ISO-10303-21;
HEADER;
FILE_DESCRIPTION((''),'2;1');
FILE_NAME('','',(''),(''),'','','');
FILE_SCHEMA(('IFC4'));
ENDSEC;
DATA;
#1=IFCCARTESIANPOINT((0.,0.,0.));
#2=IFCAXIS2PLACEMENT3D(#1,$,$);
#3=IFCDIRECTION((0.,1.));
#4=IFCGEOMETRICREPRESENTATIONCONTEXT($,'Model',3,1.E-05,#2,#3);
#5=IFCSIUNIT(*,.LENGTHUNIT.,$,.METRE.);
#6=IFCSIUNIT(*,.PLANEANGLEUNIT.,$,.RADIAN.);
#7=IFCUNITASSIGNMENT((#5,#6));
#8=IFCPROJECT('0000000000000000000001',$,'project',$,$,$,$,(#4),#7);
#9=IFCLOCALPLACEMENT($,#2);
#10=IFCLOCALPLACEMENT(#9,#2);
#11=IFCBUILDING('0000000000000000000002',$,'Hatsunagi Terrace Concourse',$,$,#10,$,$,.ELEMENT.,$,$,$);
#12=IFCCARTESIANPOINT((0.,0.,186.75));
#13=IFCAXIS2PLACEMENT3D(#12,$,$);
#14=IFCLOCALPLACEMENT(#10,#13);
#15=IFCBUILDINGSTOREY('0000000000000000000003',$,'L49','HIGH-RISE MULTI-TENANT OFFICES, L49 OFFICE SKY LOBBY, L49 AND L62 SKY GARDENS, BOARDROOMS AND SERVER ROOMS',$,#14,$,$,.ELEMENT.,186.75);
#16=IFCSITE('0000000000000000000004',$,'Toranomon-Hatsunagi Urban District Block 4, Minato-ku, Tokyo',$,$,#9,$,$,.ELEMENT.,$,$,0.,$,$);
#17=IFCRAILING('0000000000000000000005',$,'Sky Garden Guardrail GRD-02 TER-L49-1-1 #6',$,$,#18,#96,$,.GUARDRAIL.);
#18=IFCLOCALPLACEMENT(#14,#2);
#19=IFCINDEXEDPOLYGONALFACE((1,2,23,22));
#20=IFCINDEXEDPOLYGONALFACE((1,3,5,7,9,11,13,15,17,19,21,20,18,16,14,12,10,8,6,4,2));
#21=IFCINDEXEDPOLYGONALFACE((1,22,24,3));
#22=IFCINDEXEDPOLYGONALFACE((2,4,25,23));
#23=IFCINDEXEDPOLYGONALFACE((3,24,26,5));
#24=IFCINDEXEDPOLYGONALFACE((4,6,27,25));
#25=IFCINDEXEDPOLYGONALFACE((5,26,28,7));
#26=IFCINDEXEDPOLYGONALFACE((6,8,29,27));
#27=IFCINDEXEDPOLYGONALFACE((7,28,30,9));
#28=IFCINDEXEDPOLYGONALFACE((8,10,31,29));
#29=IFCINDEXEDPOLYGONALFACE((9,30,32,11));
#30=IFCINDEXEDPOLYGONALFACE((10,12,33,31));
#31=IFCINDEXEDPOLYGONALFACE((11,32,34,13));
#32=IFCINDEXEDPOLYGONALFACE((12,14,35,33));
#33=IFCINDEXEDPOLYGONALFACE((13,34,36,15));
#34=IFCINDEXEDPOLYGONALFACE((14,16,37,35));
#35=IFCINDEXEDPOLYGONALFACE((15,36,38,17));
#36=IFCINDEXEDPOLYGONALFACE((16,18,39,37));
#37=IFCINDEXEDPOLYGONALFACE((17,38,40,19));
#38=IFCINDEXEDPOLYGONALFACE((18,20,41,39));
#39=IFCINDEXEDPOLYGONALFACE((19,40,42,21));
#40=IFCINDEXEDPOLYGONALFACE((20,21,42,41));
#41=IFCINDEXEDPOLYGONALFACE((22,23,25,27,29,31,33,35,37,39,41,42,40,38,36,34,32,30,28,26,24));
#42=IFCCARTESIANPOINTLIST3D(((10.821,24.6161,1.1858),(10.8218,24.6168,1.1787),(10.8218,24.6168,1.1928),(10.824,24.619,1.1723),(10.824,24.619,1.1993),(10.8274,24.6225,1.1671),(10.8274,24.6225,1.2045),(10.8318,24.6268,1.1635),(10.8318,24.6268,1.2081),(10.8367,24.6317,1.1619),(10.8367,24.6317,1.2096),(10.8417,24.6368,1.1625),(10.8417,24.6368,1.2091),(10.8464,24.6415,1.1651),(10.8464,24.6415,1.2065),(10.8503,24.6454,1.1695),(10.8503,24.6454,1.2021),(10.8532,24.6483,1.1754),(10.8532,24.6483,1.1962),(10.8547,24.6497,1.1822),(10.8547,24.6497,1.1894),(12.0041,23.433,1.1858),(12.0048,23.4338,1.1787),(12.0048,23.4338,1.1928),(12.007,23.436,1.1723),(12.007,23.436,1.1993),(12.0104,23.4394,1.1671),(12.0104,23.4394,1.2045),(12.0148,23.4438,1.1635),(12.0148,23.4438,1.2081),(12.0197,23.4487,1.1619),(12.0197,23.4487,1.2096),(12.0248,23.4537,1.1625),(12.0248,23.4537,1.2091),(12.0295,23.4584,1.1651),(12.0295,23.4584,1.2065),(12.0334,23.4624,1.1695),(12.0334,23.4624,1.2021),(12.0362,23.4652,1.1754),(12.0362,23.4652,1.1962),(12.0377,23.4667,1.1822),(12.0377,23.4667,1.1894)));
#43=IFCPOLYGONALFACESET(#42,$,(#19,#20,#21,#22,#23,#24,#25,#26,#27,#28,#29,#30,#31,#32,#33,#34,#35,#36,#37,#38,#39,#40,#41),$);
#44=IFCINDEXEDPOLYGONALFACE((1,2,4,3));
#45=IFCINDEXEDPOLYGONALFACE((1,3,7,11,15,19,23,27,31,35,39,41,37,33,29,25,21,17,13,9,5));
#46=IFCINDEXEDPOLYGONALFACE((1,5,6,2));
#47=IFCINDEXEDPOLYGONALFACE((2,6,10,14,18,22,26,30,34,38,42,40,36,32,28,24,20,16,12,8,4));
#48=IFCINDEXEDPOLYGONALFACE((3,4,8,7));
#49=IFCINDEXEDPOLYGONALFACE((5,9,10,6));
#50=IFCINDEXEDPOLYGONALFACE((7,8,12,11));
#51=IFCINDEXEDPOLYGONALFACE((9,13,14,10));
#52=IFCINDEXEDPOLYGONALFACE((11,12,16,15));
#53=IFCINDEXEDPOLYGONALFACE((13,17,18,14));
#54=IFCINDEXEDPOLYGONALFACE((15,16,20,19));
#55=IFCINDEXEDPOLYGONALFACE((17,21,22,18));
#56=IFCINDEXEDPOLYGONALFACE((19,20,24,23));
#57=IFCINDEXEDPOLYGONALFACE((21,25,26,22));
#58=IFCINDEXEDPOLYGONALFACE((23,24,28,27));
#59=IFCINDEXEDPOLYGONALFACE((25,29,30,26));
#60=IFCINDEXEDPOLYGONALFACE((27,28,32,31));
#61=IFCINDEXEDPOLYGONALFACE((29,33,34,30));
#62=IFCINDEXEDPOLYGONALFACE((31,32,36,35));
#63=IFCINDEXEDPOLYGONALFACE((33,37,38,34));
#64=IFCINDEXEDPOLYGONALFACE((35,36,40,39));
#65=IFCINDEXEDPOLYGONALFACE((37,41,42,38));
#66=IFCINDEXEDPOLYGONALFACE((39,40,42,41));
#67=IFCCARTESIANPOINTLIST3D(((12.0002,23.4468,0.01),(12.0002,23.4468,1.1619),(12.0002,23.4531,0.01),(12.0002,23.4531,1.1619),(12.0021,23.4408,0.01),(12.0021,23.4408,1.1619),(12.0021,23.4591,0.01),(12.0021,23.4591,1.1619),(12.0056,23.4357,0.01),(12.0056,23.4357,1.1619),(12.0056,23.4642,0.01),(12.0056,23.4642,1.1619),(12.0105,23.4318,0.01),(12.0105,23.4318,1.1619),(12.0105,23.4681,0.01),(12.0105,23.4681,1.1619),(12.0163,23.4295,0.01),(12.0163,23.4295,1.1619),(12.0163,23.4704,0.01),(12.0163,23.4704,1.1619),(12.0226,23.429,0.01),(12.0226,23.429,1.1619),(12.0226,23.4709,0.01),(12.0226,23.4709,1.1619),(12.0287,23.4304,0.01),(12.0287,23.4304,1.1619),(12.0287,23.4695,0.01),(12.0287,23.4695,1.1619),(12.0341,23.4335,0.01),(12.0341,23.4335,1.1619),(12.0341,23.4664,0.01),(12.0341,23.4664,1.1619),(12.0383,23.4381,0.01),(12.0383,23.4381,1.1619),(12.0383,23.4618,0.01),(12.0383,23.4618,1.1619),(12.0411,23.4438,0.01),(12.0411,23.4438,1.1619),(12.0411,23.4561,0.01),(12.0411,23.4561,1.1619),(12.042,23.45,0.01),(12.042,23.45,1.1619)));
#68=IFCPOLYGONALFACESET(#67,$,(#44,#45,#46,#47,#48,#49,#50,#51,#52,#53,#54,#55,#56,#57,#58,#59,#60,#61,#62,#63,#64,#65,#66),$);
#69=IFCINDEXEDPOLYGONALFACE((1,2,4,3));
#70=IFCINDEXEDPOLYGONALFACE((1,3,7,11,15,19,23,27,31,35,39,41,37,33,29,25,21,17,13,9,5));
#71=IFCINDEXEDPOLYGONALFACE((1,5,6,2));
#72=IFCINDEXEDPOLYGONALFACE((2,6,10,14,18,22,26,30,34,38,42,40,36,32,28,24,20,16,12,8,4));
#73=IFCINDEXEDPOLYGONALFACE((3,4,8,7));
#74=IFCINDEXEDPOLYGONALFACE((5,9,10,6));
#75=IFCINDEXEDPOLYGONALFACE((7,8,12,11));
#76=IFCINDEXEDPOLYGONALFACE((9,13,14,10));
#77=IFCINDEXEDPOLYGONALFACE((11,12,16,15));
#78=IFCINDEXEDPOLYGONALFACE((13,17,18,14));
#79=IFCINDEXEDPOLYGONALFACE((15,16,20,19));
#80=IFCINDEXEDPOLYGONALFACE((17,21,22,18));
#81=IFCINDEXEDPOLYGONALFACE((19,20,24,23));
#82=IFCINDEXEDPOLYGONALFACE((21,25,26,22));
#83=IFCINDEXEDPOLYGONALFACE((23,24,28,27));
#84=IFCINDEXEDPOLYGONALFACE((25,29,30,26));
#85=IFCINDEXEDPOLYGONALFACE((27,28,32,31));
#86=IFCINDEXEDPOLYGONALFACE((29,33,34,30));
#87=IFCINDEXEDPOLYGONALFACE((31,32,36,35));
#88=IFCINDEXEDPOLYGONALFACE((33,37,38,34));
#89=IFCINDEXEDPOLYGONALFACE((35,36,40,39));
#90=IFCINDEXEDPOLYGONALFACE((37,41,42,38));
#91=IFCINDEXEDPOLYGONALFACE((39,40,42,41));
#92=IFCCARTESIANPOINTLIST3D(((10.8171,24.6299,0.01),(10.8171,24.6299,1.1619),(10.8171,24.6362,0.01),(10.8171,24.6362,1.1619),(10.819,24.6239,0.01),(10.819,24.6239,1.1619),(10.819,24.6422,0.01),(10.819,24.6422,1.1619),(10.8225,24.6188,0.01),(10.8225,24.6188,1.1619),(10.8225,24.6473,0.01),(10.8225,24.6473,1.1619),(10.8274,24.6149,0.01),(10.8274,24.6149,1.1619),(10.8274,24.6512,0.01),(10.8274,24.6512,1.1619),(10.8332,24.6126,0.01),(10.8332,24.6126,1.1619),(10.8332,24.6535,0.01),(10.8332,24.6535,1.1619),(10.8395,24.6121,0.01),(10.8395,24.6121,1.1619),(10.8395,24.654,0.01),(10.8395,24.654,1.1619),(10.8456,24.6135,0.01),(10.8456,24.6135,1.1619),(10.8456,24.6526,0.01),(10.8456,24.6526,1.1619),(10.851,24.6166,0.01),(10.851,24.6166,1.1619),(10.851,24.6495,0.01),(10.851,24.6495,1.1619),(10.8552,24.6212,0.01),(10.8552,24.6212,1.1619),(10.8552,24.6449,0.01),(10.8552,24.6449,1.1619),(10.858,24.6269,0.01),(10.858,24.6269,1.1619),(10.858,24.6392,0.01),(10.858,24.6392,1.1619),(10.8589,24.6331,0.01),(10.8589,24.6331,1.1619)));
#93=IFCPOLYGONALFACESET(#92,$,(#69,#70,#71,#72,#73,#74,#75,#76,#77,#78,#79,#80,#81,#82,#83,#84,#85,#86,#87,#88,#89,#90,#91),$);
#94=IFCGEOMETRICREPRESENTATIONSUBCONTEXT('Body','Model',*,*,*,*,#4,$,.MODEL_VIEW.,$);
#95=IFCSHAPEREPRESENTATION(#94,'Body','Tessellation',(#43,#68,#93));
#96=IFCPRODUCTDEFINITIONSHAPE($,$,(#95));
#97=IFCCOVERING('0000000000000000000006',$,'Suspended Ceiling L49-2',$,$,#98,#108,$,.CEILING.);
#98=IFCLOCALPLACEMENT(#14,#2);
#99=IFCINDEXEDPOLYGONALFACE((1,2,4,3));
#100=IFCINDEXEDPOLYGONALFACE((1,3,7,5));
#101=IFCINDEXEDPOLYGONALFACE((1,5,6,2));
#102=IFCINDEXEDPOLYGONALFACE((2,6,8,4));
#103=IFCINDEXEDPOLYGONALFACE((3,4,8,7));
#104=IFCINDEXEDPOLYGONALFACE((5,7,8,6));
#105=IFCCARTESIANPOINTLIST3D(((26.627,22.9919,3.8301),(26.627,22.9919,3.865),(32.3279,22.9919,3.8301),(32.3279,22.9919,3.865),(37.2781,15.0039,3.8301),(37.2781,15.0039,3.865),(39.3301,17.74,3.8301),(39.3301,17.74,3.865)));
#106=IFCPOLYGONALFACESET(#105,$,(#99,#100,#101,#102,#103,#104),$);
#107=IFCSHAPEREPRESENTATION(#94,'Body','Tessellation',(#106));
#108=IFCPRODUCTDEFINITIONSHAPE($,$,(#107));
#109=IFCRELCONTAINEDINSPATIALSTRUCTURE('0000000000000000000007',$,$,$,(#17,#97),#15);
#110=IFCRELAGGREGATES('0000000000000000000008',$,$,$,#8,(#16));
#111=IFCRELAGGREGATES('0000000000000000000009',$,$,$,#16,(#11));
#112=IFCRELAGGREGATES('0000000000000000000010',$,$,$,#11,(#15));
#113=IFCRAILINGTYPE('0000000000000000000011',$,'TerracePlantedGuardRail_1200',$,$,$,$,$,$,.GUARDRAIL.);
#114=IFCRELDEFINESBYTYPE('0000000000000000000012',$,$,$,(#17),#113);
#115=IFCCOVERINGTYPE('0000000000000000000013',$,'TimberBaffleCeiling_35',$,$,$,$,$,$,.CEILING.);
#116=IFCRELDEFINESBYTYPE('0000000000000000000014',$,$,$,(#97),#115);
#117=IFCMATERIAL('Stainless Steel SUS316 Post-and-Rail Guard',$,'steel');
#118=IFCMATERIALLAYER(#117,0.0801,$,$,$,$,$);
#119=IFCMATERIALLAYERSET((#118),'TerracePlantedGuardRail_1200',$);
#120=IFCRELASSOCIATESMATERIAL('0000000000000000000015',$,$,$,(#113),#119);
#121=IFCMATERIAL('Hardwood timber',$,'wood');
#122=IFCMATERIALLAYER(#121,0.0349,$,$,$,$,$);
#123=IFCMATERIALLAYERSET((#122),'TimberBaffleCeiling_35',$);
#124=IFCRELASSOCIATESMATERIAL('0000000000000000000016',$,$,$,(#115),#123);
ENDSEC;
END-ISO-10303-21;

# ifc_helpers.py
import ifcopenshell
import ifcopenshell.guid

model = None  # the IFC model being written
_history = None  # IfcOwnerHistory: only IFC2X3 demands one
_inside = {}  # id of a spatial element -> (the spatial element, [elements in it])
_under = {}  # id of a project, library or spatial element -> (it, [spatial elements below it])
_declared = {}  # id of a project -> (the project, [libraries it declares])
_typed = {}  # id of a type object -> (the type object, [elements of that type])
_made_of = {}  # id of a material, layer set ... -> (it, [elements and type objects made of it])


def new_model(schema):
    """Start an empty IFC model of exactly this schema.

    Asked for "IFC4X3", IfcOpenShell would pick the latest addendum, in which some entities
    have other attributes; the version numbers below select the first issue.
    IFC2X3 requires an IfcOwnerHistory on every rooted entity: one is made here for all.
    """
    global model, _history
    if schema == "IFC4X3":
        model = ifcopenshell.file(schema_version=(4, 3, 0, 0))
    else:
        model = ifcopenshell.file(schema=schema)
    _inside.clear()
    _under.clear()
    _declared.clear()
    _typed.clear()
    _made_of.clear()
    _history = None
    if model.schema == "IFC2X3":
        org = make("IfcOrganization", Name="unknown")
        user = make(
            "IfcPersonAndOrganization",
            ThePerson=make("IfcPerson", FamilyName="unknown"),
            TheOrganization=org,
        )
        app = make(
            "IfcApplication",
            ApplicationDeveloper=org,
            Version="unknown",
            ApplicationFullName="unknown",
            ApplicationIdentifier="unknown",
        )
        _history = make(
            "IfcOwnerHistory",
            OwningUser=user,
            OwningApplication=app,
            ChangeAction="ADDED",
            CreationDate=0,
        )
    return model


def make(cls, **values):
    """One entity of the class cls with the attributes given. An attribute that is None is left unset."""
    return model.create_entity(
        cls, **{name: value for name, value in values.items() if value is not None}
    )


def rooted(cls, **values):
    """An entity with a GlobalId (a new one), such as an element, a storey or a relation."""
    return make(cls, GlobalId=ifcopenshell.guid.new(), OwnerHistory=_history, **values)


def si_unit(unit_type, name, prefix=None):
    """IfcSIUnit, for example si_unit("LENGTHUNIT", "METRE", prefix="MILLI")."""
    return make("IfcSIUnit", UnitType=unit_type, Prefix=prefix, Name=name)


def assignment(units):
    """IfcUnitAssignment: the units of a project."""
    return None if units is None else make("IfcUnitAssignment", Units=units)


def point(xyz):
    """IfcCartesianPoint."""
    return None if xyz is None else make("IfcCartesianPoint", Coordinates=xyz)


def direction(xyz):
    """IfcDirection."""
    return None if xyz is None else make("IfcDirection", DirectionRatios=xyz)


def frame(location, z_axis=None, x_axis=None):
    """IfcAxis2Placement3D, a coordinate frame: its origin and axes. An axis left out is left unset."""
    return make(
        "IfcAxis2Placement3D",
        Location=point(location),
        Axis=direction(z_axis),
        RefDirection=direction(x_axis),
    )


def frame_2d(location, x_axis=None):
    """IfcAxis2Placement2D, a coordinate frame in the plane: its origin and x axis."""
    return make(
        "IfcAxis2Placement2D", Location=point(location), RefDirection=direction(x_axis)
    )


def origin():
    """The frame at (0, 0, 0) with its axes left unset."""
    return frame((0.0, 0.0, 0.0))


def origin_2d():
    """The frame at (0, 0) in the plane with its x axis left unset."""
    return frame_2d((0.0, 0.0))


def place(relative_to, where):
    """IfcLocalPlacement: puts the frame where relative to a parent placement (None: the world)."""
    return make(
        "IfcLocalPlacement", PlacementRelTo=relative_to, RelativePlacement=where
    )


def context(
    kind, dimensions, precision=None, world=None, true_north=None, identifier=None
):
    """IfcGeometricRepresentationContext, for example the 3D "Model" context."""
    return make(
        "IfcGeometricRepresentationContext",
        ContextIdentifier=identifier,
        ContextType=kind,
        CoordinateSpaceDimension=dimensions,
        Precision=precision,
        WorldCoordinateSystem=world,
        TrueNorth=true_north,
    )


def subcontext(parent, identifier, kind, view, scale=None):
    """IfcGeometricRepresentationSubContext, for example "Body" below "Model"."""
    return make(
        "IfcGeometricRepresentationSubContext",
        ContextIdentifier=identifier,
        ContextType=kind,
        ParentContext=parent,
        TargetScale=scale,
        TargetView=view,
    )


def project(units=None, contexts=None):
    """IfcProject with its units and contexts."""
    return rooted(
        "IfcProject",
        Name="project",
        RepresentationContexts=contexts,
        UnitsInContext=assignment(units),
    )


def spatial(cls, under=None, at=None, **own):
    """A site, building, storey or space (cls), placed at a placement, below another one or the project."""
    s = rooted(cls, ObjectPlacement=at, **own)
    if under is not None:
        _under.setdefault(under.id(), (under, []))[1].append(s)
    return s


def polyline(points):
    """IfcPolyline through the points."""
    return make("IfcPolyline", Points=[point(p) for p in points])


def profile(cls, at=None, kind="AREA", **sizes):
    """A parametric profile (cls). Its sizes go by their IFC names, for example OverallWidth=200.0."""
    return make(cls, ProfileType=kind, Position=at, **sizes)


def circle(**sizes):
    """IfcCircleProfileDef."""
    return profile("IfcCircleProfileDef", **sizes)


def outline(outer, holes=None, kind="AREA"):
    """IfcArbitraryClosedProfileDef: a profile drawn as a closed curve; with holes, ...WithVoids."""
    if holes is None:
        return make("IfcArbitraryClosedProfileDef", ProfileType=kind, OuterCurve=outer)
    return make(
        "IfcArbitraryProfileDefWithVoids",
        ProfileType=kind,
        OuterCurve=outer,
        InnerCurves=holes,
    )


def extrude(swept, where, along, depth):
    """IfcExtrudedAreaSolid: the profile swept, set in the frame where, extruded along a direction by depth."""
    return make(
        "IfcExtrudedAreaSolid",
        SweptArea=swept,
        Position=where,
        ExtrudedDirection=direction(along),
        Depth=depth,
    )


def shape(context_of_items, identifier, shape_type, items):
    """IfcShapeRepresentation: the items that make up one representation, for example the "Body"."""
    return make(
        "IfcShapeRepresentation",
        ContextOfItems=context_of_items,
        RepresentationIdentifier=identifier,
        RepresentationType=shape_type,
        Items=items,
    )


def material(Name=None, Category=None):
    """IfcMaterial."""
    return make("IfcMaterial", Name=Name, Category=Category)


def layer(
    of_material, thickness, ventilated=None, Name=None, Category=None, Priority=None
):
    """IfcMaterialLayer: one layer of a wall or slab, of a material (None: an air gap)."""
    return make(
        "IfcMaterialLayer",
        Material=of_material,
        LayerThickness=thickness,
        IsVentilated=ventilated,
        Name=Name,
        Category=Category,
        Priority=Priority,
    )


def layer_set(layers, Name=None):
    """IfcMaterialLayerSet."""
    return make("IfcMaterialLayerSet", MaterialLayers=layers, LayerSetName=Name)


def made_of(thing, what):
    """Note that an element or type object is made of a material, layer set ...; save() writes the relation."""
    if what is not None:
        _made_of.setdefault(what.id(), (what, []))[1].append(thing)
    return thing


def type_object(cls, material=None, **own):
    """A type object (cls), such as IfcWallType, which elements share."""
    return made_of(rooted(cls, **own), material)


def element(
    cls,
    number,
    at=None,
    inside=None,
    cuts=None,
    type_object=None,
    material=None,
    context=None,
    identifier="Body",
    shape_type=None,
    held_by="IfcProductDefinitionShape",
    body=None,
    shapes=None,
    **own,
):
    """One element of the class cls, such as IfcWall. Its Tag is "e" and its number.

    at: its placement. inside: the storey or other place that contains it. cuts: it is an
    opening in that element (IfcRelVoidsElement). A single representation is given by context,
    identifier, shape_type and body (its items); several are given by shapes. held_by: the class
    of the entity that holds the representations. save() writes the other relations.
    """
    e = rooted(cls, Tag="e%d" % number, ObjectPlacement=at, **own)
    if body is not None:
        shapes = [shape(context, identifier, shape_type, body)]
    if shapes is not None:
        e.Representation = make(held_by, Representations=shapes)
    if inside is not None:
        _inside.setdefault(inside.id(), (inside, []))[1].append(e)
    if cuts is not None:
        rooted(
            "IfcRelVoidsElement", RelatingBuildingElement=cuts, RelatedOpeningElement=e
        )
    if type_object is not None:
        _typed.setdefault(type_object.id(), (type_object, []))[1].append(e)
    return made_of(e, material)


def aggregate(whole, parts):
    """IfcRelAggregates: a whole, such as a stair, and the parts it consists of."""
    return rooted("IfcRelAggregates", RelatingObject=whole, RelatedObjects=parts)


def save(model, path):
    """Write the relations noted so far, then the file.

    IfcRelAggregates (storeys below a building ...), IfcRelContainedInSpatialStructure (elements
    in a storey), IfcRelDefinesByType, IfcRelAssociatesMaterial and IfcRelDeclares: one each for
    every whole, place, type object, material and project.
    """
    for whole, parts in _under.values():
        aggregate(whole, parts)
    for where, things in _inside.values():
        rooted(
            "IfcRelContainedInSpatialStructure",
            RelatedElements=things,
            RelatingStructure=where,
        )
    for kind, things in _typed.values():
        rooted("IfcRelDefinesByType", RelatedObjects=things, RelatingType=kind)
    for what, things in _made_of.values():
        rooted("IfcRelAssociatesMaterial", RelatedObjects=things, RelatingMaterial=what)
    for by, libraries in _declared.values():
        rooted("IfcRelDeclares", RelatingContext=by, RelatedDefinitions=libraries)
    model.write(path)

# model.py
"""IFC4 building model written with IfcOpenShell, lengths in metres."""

from ifc_helpers import new_model, si_unit, direction, frame, origin, origin_2d, place, context, subcontext, project, spatial, polyline, circle, outline, extrude, material, layer, layer_set, type_object, element, save


model = new_model("IFC4")

# Units and contexts
model_context = context("Model", 3, precision=1e-05, world=origin(), true_north=direction((0.0, 1.0)))
body_context = subcontext(model_context, "Body", "Model", "MODEL_VIEW")
ifc_project = project(units=[si_unit("LENGTHUNIT", "METRE"), si_unit("PLANEANGLEUNIT", "RADIAN")], contexts=[model_context])

# Site, building, storey
site_placement = place(None, origin())
site = spatial("IfcSite", under=ifc_project, at=site_placement, Name="Toranomon-Hatsunagi Urban District Block 4, Minato-ku, Tokyo", CompositionType="ELEMENT", RefElevation=0.0)
building_placement = place(site_placement, origin())
building = spatial("IfcBuilding", under=site, at=building_placement, Name="Hatsunagi Terrace Concourse", CompositionType="ELEMENT")
storey_placement = place(building_placement, frame((0.0, 0.0, 186.75)))
storey = spatial("IfcBuildingStorey", under=building, at=storey_placement, Name="L49", Description="HIGH-RISE MULTI-TENANT OFFICES, L49 OFFICE SKY LOBBY, L49 AND L62 SKY GARDENS, BOARDROOMS AND SERVER ROOMS", CompositionType="ELEMENT", Elevation=186.75)

# Railing
ifc_material_1 = material(Name="Stainless Steel SUS316 Post-and-Rail Guard", Category="steel")
ifc_layer_1 = layer(ifc_material_1, 0.0801)
ifc_layer_set_1 = layer_set([ifc_layer_1], Name="TerracePlantedGuardRail_1200")
railing_type_1 = type_object("IfcRailingType", Name="TerracePlantedGuardRail_1200", PredefinedType="GUARDRAIL", material=ifc_layer_set_1)
railing_1_placement = place(storey_placement, frame((12.021, 23.45, 0.01)))
element("IfcRailing", 1, at=railing_1_placement, inside=storey, type_object=railing_type_1, Name="Sky Garden Guardrail GRD-02 TER-L49-1-1 #6", PredefinedType="GUARDRAIL", context=body_context, shape_type="SweptSolid", body=[
    extrude(circle(Radius=0.0239, at=origin_2d()), frame((0.0, 0.0, 1.1758), z_axis=(-0.707107, 0.707107, 0.0), x_axis=(-0.707107, -0.707107, 0.0)), (0.0, 0.0, 1.0), 1.6731),
    extrude(circle(Radius=0.021, at=origin_2d()), origin(), (0.0, 0.0, 1.0), 1.1519),
    extrude(circle(Radius=0.021, at=origin_2d()), frame((-1.1831, 1.1831, 0.0)), (0.0, 0.0, 1.0), 1.1519),
])

# Covering
ifc_material_2 = material(Name="Hardwood timber", Category="wood")
ifc_layer_2 = layer(ifc_material_2, 0.0349)
ifc_layer_set_2 = layer_set([ifc_layer_2], Name="TimberBaffleCeiling_35")
covering_type_1 = type_object("IfcCoveringType", Name="TimberBaffleCeiling_35", PredefinedType="CEILING", material=ifc_layer_set_2)
covering_1_placement = place(storey_placement, frame((0.0, 0.0, 3.8301)))
element("IfcCovering", 2, at=covering_1_placement, inside=storey, type_object=covering_type_1, Name="Suspended Ceiling L49-2", PredefinedType="CEILING", context=body_context, shape_type="SweptSolid", body=[
    extrude(outline(polyline([(26.627, 22.9919), (37.2781, 15.0039), (39.3301, 17.74), (32.3279, 22.9919), (26.627, 22.9919)])), origin(), (0.0, 0.0, 1.0), 0.0349),
])

save(model, "model.ifc")
